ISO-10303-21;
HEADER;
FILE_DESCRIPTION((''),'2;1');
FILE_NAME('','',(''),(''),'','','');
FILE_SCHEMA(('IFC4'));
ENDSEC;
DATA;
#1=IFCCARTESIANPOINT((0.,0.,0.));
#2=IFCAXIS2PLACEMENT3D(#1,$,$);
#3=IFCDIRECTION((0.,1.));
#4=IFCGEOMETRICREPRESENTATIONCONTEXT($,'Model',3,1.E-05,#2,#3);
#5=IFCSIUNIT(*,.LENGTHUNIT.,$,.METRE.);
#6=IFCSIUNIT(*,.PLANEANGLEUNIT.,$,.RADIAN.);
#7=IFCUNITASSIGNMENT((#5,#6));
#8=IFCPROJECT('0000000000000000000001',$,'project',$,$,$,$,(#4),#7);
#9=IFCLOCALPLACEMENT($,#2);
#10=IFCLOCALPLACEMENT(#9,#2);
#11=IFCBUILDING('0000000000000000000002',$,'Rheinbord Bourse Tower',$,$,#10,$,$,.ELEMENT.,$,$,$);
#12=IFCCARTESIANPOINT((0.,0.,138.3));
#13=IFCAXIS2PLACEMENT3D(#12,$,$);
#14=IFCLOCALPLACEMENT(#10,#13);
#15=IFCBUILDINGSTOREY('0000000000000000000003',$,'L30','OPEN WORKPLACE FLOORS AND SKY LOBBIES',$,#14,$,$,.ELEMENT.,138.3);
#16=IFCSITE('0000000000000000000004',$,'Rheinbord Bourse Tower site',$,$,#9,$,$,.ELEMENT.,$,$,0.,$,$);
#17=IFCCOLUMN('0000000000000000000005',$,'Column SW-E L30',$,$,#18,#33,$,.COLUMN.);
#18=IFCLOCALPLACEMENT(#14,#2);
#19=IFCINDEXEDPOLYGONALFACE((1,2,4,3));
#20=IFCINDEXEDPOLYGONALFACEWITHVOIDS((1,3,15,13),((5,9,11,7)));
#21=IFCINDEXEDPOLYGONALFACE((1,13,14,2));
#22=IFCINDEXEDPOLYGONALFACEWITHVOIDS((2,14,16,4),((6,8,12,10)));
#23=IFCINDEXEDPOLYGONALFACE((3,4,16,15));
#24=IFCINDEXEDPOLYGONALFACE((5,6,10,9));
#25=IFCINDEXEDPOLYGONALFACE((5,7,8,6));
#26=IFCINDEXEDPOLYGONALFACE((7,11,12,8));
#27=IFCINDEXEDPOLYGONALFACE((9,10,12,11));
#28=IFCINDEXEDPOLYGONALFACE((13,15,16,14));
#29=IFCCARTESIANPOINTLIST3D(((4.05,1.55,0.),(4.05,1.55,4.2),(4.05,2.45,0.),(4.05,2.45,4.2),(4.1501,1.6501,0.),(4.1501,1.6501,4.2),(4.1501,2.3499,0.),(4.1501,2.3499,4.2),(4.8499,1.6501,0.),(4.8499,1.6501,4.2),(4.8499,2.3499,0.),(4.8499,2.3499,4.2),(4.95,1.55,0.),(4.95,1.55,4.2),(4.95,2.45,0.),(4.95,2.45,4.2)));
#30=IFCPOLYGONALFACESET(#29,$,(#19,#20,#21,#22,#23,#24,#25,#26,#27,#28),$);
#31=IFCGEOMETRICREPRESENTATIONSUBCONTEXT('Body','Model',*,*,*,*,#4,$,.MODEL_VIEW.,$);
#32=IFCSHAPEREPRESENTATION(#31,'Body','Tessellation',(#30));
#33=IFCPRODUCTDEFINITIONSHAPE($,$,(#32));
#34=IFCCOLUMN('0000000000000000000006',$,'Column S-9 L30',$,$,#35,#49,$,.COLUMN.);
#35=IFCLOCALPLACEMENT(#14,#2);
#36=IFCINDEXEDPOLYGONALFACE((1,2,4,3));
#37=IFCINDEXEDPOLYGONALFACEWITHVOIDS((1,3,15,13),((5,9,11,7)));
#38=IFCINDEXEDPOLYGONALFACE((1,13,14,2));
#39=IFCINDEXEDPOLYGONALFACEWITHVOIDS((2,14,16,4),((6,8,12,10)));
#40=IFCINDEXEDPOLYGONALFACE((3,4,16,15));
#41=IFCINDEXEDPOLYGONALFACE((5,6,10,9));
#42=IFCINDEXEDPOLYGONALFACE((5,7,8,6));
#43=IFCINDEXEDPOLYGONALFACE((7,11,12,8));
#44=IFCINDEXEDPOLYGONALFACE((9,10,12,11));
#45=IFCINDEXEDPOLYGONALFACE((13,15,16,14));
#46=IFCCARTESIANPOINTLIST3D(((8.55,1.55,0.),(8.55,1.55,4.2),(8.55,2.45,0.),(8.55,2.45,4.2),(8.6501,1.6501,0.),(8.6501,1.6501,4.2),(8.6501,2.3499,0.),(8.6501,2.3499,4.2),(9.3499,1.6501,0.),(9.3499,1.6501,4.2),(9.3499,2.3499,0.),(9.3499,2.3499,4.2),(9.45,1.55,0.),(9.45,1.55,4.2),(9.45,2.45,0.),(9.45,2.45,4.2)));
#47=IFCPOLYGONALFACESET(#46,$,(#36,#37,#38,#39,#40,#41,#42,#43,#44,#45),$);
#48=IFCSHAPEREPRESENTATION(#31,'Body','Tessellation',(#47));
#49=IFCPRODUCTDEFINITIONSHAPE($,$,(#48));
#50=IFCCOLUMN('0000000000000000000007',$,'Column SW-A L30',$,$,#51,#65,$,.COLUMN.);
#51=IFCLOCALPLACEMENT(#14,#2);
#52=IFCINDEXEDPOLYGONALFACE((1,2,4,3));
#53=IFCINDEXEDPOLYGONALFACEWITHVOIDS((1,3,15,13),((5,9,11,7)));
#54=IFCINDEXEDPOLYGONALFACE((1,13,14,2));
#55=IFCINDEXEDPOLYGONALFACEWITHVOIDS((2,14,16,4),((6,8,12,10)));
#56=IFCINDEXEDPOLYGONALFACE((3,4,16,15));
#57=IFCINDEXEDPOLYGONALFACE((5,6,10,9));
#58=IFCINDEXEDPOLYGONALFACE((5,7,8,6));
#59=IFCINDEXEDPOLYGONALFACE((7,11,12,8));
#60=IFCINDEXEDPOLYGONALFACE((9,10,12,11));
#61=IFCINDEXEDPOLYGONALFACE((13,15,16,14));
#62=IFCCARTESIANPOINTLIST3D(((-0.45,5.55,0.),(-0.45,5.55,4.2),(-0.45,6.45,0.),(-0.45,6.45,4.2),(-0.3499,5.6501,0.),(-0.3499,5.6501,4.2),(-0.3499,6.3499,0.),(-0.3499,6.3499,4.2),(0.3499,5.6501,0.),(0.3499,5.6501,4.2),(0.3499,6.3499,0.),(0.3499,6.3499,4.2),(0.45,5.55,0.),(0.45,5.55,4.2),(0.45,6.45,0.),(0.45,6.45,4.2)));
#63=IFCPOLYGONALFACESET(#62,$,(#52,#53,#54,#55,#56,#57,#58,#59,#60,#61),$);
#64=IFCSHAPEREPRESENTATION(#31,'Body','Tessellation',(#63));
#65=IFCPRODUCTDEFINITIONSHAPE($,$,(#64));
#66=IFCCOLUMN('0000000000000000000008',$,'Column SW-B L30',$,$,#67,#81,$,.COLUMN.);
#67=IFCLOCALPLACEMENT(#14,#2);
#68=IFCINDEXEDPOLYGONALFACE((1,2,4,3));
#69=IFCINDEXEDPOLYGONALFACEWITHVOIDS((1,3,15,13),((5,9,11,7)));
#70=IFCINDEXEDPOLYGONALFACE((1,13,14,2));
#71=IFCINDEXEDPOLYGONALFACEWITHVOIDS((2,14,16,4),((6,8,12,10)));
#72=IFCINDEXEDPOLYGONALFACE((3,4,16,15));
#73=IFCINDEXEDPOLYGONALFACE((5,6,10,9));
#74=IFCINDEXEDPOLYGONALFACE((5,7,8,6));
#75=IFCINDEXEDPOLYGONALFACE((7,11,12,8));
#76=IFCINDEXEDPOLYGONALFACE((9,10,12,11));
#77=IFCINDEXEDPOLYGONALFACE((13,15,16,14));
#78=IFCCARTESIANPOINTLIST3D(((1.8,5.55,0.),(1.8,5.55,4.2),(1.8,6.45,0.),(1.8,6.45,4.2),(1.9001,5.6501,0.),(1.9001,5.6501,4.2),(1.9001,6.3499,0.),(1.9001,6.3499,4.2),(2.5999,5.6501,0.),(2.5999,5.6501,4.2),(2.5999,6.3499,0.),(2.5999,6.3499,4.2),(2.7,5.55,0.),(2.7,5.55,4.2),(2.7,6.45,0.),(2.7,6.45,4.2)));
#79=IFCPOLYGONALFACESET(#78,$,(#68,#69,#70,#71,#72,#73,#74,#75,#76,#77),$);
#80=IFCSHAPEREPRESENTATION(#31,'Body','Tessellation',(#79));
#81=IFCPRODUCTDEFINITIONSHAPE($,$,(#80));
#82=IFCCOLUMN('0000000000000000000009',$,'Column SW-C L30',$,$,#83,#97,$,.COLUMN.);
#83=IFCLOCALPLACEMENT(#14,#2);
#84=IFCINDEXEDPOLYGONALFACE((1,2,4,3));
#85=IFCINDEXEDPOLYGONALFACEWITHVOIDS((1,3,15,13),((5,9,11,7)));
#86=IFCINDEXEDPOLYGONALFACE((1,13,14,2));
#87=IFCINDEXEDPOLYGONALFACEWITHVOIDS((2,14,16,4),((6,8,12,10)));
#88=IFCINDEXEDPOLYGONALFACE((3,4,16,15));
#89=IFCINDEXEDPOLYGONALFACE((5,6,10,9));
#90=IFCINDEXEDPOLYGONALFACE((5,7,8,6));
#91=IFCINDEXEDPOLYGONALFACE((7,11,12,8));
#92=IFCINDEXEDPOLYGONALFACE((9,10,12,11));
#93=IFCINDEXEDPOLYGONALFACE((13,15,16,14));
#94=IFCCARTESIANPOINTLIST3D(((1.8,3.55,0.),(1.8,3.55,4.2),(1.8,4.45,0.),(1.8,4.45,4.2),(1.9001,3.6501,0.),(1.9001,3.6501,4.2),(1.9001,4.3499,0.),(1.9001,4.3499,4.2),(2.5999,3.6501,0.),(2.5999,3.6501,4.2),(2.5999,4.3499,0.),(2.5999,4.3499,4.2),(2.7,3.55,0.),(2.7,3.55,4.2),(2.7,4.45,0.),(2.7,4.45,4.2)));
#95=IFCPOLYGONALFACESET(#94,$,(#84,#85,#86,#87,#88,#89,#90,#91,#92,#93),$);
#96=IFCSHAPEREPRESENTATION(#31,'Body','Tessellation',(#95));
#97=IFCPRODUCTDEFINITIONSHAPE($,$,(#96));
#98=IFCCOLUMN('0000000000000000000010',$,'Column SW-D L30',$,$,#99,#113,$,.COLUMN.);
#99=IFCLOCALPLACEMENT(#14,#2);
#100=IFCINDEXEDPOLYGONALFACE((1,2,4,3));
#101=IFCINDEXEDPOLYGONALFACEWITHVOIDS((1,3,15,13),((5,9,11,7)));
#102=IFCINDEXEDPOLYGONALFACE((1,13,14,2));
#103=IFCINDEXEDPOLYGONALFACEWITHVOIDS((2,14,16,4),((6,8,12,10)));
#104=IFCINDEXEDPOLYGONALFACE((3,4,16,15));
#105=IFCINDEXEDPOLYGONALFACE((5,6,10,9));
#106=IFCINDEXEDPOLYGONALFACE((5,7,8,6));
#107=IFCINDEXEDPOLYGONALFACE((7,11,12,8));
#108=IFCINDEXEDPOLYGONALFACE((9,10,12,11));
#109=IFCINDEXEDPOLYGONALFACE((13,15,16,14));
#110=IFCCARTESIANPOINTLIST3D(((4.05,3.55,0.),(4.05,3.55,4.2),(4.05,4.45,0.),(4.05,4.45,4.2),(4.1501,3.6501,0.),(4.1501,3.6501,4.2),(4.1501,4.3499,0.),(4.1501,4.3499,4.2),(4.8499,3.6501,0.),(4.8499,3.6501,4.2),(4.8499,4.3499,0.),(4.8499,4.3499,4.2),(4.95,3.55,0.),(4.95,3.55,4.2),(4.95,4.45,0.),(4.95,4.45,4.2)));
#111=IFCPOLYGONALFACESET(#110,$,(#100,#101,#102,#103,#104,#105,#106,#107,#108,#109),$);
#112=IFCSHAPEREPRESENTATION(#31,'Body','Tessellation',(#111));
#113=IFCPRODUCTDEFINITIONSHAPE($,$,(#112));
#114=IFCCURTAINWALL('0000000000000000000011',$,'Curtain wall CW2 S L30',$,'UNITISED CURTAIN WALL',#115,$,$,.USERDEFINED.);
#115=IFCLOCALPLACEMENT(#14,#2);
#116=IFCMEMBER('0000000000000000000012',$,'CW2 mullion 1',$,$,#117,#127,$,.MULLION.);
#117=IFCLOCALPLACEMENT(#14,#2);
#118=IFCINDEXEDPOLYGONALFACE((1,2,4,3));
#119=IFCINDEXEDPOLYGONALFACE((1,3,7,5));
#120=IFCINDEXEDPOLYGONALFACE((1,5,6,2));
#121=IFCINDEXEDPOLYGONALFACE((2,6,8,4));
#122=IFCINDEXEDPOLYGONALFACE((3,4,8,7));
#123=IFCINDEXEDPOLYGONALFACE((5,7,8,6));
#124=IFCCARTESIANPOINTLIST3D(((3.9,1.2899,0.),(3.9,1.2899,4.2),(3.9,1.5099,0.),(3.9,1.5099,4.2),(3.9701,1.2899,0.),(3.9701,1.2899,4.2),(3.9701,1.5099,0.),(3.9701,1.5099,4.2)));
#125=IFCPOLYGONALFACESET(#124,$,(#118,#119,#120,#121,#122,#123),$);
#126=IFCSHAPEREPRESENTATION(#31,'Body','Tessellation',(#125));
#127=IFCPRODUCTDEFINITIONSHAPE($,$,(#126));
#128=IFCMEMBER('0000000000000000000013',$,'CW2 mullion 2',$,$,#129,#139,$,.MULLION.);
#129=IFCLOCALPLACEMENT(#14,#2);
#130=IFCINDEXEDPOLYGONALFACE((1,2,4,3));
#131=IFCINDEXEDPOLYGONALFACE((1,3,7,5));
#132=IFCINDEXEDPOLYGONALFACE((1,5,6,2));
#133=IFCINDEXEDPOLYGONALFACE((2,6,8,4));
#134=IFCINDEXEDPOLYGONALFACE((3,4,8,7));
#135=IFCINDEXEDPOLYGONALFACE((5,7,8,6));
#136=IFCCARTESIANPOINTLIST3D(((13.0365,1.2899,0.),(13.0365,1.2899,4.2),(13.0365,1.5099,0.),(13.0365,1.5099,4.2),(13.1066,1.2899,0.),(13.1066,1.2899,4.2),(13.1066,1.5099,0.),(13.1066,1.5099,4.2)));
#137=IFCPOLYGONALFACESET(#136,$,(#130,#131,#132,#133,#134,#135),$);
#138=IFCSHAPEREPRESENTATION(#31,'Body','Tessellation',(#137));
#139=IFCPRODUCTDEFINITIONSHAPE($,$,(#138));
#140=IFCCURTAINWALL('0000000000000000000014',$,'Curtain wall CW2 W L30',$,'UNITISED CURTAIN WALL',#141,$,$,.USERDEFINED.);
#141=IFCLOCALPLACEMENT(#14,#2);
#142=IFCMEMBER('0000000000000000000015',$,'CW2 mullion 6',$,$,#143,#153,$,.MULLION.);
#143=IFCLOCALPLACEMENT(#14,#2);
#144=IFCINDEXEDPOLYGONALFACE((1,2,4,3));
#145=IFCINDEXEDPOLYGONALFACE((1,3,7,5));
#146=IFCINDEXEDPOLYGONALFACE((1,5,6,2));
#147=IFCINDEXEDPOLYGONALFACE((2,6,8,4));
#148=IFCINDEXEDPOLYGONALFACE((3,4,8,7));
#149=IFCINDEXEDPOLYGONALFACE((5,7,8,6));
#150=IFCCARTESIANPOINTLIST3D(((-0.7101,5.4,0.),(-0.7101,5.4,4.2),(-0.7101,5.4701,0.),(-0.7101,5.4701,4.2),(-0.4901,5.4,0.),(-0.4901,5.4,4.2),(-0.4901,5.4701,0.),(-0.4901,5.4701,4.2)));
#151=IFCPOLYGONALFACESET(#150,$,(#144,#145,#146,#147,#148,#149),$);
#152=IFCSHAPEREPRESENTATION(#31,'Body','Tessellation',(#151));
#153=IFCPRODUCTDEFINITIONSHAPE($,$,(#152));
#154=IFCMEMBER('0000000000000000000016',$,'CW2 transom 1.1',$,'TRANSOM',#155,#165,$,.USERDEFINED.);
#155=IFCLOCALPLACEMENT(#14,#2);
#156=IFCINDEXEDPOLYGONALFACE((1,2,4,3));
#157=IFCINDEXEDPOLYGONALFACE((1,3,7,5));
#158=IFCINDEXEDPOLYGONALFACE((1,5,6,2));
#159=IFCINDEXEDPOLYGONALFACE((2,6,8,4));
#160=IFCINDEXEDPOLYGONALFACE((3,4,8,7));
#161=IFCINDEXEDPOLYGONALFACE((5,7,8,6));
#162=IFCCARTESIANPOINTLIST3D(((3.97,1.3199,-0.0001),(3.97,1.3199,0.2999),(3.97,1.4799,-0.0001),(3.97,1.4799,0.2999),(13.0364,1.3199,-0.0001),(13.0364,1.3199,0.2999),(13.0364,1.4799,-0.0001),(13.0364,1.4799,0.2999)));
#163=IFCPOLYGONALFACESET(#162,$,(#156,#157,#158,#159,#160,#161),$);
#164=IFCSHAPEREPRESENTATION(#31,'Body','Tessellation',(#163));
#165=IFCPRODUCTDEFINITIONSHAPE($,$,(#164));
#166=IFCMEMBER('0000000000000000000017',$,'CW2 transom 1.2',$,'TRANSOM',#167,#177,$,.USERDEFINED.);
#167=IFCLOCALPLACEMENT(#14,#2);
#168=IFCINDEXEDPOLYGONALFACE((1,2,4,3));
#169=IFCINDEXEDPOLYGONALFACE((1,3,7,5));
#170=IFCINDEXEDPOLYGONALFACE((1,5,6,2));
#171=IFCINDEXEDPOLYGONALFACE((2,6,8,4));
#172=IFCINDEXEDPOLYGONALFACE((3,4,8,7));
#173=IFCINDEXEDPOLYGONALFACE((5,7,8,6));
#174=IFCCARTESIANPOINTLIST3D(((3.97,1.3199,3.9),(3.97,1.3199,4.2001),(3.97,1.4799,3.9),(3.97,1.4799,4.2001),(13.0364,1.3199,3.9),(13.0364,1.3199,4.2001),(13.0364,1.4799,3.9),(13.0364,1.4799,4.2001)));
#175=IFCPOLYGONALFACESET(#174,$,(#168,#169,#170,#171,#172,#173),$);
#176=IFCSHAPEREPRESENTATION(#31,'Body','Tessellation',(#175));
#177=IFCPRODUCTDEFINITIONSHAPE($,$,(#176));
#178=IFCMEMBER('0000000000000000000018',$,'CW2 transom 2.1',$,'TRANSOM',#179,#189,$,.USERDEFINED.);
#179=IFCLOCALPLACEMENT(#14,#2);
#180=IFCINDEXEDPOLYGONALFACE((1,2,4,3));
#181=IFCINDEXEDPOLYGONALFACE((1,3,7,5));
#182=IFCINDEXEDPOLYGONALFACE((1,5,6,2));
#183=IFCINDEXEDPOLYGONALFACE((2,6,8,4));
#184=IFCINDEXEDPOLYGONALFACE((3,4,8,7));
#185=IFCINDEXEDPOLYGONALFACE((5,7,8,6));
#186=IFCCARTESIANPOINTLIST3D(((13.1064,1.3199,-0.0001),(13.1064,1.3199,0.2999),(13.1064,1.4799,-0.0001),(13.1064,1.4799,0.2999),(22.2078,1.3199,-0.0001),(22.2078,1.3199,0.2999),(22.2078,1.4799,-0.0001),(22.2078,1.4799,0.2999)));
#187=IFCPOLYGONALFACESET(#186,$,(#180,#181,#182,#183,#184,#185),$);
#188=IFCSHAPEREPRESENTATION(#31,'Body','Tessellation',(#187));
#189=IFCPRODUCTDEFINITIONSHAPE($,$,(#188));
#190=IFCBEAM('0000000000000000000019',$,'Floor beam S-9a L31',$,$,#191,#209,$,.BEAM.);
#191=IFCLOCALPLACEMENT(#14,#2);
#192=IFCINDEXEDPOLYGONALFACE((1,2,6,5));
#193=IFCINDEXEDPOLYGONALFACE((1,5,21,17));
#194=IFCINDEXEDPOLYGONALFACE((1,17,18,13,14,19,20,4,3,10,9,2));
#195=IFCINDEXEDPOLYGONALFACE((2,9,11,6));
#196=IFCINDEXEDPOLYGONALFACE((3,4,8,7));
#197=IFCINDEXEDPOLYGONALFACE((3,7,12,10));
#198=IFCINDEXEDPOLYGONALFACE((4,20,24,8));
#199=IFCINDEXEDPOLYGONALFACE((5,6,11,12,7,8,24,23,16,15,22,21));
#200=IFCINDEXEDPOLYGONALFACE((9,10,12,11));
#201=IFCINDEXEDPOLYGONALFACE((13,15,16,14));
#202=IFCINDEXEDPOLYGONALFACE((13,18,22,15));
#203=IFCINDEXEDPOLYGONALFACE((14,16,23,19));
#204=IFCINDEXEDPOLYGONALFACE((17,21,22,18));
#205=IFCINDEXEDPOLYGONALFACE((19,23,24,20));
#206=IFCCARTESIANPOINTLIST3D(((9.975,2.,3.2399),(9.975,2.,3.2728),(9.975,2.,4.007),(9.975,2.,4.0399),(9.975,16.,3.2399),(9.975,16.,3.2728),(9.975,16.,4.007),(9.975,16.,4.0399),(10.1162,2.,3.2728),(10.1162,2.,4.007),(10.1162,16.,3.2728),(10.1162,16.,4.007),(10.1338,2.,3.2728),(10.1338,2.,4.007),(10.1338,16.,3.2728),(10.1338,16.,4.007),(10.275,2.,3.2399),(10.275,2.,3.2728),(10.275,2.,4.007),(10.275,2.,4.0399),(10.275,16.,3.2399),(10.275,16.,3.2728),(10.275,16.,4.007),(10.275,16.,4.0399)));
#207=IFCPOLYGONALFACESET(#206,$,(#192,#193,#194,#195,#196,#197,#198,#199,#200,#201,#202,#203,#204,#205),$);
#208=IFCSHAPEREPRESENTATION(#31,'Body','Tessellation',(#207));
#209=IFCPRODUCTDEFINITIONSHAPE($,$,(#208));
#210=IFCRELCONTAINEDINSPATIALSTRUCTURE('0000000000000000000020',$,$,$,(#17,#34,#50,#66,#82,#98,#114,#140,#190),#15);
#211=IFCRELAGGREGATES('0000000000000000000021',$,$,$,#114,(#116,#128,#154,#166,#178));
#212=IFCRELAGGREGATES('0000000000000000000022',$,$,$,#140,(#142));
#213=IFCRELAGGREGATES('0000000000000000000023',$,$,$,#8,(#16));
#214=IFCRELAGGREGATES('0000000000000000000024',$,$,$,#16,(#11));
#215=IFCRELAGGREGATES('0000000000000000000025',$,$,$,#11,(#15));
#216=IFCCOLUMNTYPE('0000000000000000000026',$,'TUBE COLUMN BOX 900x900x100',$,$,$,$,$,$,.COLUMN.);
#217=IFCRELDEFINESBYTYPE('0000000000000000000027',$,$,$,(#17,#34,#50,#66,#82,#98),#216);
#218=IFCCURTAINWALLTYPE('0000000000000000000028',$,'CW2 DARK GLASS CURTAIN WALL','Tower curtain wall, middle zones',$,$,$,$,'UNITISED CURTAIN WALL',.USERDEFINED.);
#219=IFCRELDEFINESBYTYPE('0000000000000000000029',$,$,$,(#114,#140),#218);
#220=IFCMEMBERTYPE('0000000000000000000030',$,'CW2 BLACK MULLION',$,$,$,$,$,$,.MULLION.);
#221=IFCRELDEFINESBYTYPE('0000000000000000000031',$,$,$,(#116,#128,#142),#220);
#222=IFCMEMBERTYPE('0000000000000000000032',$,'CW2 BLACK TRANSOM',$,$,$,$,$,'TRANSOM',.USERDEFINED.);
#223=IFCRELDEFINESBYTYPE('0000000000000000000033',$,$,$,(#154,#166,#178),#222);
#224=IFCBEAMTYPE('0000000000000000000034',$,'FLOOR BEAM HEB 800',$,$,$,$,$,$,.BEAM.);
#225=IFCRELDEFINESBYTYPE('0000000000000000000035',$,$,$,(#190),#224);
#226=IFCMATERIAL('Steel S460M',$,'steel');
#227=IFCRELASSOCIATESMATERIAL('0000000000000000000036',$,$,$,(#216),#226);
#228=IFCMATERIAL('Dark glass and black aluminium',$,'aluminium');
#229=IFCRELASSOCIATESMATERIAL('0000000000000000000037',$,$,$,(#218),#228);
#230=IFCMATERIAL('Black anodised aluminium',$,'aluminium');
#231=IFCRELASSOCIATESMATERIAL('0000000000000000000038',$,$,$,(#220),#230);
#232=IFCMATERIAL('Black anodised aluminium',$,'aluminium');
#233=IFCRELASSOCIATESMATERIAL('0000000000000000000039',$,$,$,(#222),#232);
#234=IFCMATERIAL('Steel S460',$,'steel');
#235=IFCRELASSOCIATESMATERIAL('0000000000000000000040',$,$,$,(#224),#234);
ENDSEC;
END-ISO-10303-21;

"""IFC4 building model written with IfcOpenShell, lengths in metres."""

from ifc_helpers import new_model, si_unit, direction, frame, origin, origin_2d, place, context, subcontext, project, spatial, rectangle, hollow_rectangle, i_section, extrude, material, material_profile, profile_set, type_object, element, aggregate, save


model = new_model("IFC4")

# Units and contexts
model_context = context("Model", 3, precision=1e-05, world=origin(), true_north=direction((0.0, 1.0)))
body_context = subcontext(model_context, "Body", "Model", "MODEL_VIEW")
ifc_project = project(units=[si_unit("LENGTHUNIT", "METRE"), si_unit("PLANEANGLEUNIT", "RADIAN")], contexts=[model_context])

# Site, building, storey
site_placement = place(None, origin())
site = spatial("IfcSite", under=ifc_project, at=site_placement, Name="Rheinbord Bourse Tower site", CompositionType="ELEMENT", RefElevation=0.0)
building_placement = place(site_placement, origin())
building = spatial("IfcBuilding", under=site, at=building_placement, Name="Rheinbord Bourse Tower", CompositionType="ELEMENT")
storey_placement = place(building_placement, frame((0.0, 0.0, 138.3)))
storey = spatial("IfcBuildingStorey", under=building, at=storey_placement, Name="L30", Description="OPEN WORKPLACE FLOORS AND SKY LOBBIES", CompositionType="ELEMENT", Elevation=138.3)

# Columns
ifc_material_1 = material(Name="Steel S460M", Category="steel")
ifc_material_profile_1 = material_profile(ifc_material_1, hollow_rectangle(XDim=0.8999, YDim=0.8999, WallThickness=0.1001, at=origin_2d()), Name="BOX 900x900x100")
ifc_profile_set_1 = profile_set([ifc_material_profile_1], Name="Steel S460M")
column_type = type_object("IfcColumnType", Name="TUBE COLUMN BOX 900x900x100", PredefinedType="COLUMN", material=ifc_profile_set_1)
for number, where, z_axis, x_axis, name in (
    (1, (4.5, 2.0, 0.0), (0.0, 0.0, 1.0), (0.0, 1.0, 0.0), "Column SW-E L30"),
    (2, (9.0, 2.0, 0.0), (0.0, 0.0, 1.0), (0.0, 1.0, 0.0), "Column S-9 L30"),
    (3, (0.0, 6.0, 0.0), (0.0, 0.0, 1.0), (1.0, 0.0, 0.0), "Column SW-A L30"),
    (4, (2.25, 6.0, 0.0), (0.0, 0.0, 1.0), (1.0, 0.0, 0.0), "Column SW-B L30"),
    (5, (2.25, 4.0, 0.0), (0.0, 0.0, 1.0), (1.0, 0.0, 0.0), "Column SW-C L30"),
    (6, (4.5, 4.0, 0.0), (0.0, 0.0, 1.0), (0.0, 1.0, 0.0), "Column SW-D L30"),
):
    element("IfcColumn", number, at=place(storey_placement, frame(where, z_axis=z_axis, x_axis=x_axis)), inside=storey, type_object=column_type, Name=name, PredefinedType="COLUMN", context=body_context, shape_type="SweptSolid", body=[
        extrude(hollow_rectangle(XDim=0.8999, YDim=0.8999, WallThickness=0.1001, at=origin_2d()), origin(), (0.0, 0.0, 1.0), 4.2),
    ])

# Curtain wall, members
ifc_material_2 = material(Name="Dark glass and black aluminium", Category="aluminium")
curtain_wall_type = type_object("IfcCurtainWallType", Name="CW2 DARK GLASS CURTAIN WALL", Description="Tower curtain wall, middle zones", ElementType="UNITISED CURTAIN WALL", PredefinedType="USERDEFINED", material=ifc_material_2)
curtain_wall_1_placement = place(storey_placement, origin())
curtain_wall_1 = element("IfcCurtainWall", 7, at=curtain_wall_1_placement, inside=storey, type_object=curtain_wall_type, Name="Curtain wall CW2 S L30", ObjectType="UNITISED CURTAIN WALL", PredefinedType="USERDEFINED")
ifc_material_3 = material(Name="Black anodised aluminium", Category="aluminium")
ifc_material_profile_2 = material_profile(ifc_material_3, rectangle(XDim=0.22, YDim=0.0701, at=origin_2d()), Name="CW2 MULLION 70x220")
ifc_profile_set_2 = profile_set([ifc_material_profile_2], Name="Black anodised aluminium")
member_type_1 = type_object("IfcMemberType", Name="CW2 BLACK MULLION", PredefinedType="MULLION", material=ifc_profile_set_2)
member_1_placement = place(storey_placement, frame((3.9351, 1.3999, 0.0), z_axis=(0.0, 0.0, 1.0), x_axis=(0.0, 1.0, 0.0)))
member_1 = element("IfcMember", 8, at=member_1_placement, type_object=member_type_1, Name="CW2 mullion 1", PredefinedType="MULLION", context=body_context, shape_type="SweptSolid", body=[
    extrude(rectangle(XDim=0.22, YDim=0.0701, at=origin_2d()), origin(), (0.0, 0.0, 1.0), 4.2),
])
member_2_placement = place(storey_placement, frame((13.0715, 1.3999, 0.0), z_axis=(0.0, 0.0, 1.0), x_axis=(0.0, 1.0, 0.0)))
member_2 = element("IfcMember", 9, at=member_2_placement, type_object=member_type_1, Name="CW2 mullion 2", PredefinedType="MULLION", context=body_context, shape_type="SweptSolid", body=[
    extrude(rectangle(XDim=0.22, YDim=0.0701, at=origin_2d()), origin(), (0.0, 0.0, 1.0), 4.2),
])

# Curtain wall, member
curtain_wall_2_placement = place(storey_placement, origin())
curtain_wall_2 = element("IfcCurtainWall", 10, at=curtain_wall_2_placement, inside=storey, type_object=curtain_wall_type, Name="Curtain wall CW2 W L30", ObjectType="UNITISED CURTAIN WALL", PredefinedType="USERDEFINED")
member_3_placement = place(storey_placement, frame((-0.6001, 5.4351, 0.0), z_axis=(0.0, 0.0, 1.0), x_axis=(1.0, 0.0, 0.0)))
member_3 = element("IfcMember", 11, at=member_3_placement, type_object=member_type_1, Name="CW2 mullion 6", PredefinedType="MULLION", context=body_context, shape_type="SweptSolid", body=[
    extrude(rectangle(XDim=0.22, YDim=0.0701, at=origin_2d()), origin(), (0.0, 0.0, 1.0), 4.2),
])

# Members
ifc_material_4 = material(Name="Black anodised aluminium", Category="aluminium")
ifc_material_profile_3 = material_profile(ifc_material_4, rectangle(XDim=0.1599, YDim=0.3, at=origin_2d()), Name="CW2 TRANSOM 300x160")
ifc_profile_set_3 = profile_set([ifc_material_profile_3], Name="Black anodised aluminium")
member_type_2 = type_object("IfcMemberType", Name="CW2 BLACK TRANSOM", ElementType="TRANSOM", PredefinedType="USERDEFINED", material=ifc_profile_set_3)
member_4_placement = place(storey_placement, frame((3.97, 1.3999, 0.1499), z_axis=(1.0, 0.0, 0.0), x_axis=(0.0, 1.0, 0.0)))
member_4 = element("IfcMember", 12, at=member_4_placement, type_object=member_type_2, Name="CW2 transom 1.1", ObjectType="TRANSOM", PredefinedType="USERDEFINED", context=body_context, shape_type="SweptSolid", body=[
    extrude(rectangle(XDim=0.1599, YDim=0.3, at=origin_2d()), origin(), (0.0, 0.0, 1.0), 9.0664),
])
member_5_placement = place(storey_placement, frame((3.97, 1.3999, 4.05), z_axis=(1.0, 0.0, 0.0), x_axis=(0.0, 1.0, 0.0)))
member_5 = element("IfcMember", 13, at=member_5_placement, type_object=member_type_2, Name="CW2 transom 1.2", ObjectType="TRANSOM", PredefinedType="USERDEFINED", context=body_context, shape_type="SweptSolid", body=[
    extrude(rectangle(XDim=0.1599, YDim=0.3, at=origin_2d()), origin(), (0.0, 0.0, 1.0), 9.0664),
])
member_6_placement = place(storey_placement, frame((13.1064, 1.3999, 0.1499), z_axis=(1.0, 0.0, 0.0), x_axis=(0.0, 1.0, 0.0)))
member_6 = element("IfcMember", 14, at=member_6_placement, type_object=member_type_2, Name="CW2 transom 2.1", ObjectType="TRANSOM", PredefinedType="USERDEFINED", context=body_context, shape_type="SweptSolid", body=[
    extrude(rectangle(XDim=0.1599, YDim=0.3, at=origin_2d()), origin(), (0.0, 0.0, 1.0), 9.1013),
])

# Beam
ifc_material_5 = material(Name="Steel S460", Category="steel")
ifc_material_profile_4 = material_profile(ifc_material_5, i_section(OverallWidth=0.3, OverallDepth=0.8, WebThickness=0.0176, FlangeThickness=0.033, at=origin_2d()), Name="HEB 800")
ifc_profile_set_4 = profile_set([ifc_material_profile_4], Name="Steel S460")
beam_type_1 = type_object("IfcBeamType", Name="FLOOR BEAM HEB 800", PredefinedType="BEAM", material=ifc_profile_set_4)
for number, where, z_axis, x_axis, name in (
    (15, (10.125, 2.0, 3.6399), (0.0, 1.0, 0.0), (-1.0, 0.0, 0.0), "Floor beam S-9a L31"),
):
    element("IfcBeam", number, at=place(storey_placement, frame(where, z_axis=z_axis, x_axis=x_axis)), inside=storey, type_object=beam_type_1, Name=name, PredefinedType="BEAM", context=body_context, shape_type="SweptSolid", body=[
        extrude(i_section(OverallWidth=0.3, OverallDepth=0.8, WebThickness=0.0176, FlangeThickness=0.033, at=origin_2d()), origin(), (0.0, 0.0, 1.0), 14.0),
    ])

aggregate(curtain_wall_1, [member_1, member_2, member_4, member_5, member_6])
aggregate(curtain_wall_2, [member_3])

save(model, "model.ifc")
